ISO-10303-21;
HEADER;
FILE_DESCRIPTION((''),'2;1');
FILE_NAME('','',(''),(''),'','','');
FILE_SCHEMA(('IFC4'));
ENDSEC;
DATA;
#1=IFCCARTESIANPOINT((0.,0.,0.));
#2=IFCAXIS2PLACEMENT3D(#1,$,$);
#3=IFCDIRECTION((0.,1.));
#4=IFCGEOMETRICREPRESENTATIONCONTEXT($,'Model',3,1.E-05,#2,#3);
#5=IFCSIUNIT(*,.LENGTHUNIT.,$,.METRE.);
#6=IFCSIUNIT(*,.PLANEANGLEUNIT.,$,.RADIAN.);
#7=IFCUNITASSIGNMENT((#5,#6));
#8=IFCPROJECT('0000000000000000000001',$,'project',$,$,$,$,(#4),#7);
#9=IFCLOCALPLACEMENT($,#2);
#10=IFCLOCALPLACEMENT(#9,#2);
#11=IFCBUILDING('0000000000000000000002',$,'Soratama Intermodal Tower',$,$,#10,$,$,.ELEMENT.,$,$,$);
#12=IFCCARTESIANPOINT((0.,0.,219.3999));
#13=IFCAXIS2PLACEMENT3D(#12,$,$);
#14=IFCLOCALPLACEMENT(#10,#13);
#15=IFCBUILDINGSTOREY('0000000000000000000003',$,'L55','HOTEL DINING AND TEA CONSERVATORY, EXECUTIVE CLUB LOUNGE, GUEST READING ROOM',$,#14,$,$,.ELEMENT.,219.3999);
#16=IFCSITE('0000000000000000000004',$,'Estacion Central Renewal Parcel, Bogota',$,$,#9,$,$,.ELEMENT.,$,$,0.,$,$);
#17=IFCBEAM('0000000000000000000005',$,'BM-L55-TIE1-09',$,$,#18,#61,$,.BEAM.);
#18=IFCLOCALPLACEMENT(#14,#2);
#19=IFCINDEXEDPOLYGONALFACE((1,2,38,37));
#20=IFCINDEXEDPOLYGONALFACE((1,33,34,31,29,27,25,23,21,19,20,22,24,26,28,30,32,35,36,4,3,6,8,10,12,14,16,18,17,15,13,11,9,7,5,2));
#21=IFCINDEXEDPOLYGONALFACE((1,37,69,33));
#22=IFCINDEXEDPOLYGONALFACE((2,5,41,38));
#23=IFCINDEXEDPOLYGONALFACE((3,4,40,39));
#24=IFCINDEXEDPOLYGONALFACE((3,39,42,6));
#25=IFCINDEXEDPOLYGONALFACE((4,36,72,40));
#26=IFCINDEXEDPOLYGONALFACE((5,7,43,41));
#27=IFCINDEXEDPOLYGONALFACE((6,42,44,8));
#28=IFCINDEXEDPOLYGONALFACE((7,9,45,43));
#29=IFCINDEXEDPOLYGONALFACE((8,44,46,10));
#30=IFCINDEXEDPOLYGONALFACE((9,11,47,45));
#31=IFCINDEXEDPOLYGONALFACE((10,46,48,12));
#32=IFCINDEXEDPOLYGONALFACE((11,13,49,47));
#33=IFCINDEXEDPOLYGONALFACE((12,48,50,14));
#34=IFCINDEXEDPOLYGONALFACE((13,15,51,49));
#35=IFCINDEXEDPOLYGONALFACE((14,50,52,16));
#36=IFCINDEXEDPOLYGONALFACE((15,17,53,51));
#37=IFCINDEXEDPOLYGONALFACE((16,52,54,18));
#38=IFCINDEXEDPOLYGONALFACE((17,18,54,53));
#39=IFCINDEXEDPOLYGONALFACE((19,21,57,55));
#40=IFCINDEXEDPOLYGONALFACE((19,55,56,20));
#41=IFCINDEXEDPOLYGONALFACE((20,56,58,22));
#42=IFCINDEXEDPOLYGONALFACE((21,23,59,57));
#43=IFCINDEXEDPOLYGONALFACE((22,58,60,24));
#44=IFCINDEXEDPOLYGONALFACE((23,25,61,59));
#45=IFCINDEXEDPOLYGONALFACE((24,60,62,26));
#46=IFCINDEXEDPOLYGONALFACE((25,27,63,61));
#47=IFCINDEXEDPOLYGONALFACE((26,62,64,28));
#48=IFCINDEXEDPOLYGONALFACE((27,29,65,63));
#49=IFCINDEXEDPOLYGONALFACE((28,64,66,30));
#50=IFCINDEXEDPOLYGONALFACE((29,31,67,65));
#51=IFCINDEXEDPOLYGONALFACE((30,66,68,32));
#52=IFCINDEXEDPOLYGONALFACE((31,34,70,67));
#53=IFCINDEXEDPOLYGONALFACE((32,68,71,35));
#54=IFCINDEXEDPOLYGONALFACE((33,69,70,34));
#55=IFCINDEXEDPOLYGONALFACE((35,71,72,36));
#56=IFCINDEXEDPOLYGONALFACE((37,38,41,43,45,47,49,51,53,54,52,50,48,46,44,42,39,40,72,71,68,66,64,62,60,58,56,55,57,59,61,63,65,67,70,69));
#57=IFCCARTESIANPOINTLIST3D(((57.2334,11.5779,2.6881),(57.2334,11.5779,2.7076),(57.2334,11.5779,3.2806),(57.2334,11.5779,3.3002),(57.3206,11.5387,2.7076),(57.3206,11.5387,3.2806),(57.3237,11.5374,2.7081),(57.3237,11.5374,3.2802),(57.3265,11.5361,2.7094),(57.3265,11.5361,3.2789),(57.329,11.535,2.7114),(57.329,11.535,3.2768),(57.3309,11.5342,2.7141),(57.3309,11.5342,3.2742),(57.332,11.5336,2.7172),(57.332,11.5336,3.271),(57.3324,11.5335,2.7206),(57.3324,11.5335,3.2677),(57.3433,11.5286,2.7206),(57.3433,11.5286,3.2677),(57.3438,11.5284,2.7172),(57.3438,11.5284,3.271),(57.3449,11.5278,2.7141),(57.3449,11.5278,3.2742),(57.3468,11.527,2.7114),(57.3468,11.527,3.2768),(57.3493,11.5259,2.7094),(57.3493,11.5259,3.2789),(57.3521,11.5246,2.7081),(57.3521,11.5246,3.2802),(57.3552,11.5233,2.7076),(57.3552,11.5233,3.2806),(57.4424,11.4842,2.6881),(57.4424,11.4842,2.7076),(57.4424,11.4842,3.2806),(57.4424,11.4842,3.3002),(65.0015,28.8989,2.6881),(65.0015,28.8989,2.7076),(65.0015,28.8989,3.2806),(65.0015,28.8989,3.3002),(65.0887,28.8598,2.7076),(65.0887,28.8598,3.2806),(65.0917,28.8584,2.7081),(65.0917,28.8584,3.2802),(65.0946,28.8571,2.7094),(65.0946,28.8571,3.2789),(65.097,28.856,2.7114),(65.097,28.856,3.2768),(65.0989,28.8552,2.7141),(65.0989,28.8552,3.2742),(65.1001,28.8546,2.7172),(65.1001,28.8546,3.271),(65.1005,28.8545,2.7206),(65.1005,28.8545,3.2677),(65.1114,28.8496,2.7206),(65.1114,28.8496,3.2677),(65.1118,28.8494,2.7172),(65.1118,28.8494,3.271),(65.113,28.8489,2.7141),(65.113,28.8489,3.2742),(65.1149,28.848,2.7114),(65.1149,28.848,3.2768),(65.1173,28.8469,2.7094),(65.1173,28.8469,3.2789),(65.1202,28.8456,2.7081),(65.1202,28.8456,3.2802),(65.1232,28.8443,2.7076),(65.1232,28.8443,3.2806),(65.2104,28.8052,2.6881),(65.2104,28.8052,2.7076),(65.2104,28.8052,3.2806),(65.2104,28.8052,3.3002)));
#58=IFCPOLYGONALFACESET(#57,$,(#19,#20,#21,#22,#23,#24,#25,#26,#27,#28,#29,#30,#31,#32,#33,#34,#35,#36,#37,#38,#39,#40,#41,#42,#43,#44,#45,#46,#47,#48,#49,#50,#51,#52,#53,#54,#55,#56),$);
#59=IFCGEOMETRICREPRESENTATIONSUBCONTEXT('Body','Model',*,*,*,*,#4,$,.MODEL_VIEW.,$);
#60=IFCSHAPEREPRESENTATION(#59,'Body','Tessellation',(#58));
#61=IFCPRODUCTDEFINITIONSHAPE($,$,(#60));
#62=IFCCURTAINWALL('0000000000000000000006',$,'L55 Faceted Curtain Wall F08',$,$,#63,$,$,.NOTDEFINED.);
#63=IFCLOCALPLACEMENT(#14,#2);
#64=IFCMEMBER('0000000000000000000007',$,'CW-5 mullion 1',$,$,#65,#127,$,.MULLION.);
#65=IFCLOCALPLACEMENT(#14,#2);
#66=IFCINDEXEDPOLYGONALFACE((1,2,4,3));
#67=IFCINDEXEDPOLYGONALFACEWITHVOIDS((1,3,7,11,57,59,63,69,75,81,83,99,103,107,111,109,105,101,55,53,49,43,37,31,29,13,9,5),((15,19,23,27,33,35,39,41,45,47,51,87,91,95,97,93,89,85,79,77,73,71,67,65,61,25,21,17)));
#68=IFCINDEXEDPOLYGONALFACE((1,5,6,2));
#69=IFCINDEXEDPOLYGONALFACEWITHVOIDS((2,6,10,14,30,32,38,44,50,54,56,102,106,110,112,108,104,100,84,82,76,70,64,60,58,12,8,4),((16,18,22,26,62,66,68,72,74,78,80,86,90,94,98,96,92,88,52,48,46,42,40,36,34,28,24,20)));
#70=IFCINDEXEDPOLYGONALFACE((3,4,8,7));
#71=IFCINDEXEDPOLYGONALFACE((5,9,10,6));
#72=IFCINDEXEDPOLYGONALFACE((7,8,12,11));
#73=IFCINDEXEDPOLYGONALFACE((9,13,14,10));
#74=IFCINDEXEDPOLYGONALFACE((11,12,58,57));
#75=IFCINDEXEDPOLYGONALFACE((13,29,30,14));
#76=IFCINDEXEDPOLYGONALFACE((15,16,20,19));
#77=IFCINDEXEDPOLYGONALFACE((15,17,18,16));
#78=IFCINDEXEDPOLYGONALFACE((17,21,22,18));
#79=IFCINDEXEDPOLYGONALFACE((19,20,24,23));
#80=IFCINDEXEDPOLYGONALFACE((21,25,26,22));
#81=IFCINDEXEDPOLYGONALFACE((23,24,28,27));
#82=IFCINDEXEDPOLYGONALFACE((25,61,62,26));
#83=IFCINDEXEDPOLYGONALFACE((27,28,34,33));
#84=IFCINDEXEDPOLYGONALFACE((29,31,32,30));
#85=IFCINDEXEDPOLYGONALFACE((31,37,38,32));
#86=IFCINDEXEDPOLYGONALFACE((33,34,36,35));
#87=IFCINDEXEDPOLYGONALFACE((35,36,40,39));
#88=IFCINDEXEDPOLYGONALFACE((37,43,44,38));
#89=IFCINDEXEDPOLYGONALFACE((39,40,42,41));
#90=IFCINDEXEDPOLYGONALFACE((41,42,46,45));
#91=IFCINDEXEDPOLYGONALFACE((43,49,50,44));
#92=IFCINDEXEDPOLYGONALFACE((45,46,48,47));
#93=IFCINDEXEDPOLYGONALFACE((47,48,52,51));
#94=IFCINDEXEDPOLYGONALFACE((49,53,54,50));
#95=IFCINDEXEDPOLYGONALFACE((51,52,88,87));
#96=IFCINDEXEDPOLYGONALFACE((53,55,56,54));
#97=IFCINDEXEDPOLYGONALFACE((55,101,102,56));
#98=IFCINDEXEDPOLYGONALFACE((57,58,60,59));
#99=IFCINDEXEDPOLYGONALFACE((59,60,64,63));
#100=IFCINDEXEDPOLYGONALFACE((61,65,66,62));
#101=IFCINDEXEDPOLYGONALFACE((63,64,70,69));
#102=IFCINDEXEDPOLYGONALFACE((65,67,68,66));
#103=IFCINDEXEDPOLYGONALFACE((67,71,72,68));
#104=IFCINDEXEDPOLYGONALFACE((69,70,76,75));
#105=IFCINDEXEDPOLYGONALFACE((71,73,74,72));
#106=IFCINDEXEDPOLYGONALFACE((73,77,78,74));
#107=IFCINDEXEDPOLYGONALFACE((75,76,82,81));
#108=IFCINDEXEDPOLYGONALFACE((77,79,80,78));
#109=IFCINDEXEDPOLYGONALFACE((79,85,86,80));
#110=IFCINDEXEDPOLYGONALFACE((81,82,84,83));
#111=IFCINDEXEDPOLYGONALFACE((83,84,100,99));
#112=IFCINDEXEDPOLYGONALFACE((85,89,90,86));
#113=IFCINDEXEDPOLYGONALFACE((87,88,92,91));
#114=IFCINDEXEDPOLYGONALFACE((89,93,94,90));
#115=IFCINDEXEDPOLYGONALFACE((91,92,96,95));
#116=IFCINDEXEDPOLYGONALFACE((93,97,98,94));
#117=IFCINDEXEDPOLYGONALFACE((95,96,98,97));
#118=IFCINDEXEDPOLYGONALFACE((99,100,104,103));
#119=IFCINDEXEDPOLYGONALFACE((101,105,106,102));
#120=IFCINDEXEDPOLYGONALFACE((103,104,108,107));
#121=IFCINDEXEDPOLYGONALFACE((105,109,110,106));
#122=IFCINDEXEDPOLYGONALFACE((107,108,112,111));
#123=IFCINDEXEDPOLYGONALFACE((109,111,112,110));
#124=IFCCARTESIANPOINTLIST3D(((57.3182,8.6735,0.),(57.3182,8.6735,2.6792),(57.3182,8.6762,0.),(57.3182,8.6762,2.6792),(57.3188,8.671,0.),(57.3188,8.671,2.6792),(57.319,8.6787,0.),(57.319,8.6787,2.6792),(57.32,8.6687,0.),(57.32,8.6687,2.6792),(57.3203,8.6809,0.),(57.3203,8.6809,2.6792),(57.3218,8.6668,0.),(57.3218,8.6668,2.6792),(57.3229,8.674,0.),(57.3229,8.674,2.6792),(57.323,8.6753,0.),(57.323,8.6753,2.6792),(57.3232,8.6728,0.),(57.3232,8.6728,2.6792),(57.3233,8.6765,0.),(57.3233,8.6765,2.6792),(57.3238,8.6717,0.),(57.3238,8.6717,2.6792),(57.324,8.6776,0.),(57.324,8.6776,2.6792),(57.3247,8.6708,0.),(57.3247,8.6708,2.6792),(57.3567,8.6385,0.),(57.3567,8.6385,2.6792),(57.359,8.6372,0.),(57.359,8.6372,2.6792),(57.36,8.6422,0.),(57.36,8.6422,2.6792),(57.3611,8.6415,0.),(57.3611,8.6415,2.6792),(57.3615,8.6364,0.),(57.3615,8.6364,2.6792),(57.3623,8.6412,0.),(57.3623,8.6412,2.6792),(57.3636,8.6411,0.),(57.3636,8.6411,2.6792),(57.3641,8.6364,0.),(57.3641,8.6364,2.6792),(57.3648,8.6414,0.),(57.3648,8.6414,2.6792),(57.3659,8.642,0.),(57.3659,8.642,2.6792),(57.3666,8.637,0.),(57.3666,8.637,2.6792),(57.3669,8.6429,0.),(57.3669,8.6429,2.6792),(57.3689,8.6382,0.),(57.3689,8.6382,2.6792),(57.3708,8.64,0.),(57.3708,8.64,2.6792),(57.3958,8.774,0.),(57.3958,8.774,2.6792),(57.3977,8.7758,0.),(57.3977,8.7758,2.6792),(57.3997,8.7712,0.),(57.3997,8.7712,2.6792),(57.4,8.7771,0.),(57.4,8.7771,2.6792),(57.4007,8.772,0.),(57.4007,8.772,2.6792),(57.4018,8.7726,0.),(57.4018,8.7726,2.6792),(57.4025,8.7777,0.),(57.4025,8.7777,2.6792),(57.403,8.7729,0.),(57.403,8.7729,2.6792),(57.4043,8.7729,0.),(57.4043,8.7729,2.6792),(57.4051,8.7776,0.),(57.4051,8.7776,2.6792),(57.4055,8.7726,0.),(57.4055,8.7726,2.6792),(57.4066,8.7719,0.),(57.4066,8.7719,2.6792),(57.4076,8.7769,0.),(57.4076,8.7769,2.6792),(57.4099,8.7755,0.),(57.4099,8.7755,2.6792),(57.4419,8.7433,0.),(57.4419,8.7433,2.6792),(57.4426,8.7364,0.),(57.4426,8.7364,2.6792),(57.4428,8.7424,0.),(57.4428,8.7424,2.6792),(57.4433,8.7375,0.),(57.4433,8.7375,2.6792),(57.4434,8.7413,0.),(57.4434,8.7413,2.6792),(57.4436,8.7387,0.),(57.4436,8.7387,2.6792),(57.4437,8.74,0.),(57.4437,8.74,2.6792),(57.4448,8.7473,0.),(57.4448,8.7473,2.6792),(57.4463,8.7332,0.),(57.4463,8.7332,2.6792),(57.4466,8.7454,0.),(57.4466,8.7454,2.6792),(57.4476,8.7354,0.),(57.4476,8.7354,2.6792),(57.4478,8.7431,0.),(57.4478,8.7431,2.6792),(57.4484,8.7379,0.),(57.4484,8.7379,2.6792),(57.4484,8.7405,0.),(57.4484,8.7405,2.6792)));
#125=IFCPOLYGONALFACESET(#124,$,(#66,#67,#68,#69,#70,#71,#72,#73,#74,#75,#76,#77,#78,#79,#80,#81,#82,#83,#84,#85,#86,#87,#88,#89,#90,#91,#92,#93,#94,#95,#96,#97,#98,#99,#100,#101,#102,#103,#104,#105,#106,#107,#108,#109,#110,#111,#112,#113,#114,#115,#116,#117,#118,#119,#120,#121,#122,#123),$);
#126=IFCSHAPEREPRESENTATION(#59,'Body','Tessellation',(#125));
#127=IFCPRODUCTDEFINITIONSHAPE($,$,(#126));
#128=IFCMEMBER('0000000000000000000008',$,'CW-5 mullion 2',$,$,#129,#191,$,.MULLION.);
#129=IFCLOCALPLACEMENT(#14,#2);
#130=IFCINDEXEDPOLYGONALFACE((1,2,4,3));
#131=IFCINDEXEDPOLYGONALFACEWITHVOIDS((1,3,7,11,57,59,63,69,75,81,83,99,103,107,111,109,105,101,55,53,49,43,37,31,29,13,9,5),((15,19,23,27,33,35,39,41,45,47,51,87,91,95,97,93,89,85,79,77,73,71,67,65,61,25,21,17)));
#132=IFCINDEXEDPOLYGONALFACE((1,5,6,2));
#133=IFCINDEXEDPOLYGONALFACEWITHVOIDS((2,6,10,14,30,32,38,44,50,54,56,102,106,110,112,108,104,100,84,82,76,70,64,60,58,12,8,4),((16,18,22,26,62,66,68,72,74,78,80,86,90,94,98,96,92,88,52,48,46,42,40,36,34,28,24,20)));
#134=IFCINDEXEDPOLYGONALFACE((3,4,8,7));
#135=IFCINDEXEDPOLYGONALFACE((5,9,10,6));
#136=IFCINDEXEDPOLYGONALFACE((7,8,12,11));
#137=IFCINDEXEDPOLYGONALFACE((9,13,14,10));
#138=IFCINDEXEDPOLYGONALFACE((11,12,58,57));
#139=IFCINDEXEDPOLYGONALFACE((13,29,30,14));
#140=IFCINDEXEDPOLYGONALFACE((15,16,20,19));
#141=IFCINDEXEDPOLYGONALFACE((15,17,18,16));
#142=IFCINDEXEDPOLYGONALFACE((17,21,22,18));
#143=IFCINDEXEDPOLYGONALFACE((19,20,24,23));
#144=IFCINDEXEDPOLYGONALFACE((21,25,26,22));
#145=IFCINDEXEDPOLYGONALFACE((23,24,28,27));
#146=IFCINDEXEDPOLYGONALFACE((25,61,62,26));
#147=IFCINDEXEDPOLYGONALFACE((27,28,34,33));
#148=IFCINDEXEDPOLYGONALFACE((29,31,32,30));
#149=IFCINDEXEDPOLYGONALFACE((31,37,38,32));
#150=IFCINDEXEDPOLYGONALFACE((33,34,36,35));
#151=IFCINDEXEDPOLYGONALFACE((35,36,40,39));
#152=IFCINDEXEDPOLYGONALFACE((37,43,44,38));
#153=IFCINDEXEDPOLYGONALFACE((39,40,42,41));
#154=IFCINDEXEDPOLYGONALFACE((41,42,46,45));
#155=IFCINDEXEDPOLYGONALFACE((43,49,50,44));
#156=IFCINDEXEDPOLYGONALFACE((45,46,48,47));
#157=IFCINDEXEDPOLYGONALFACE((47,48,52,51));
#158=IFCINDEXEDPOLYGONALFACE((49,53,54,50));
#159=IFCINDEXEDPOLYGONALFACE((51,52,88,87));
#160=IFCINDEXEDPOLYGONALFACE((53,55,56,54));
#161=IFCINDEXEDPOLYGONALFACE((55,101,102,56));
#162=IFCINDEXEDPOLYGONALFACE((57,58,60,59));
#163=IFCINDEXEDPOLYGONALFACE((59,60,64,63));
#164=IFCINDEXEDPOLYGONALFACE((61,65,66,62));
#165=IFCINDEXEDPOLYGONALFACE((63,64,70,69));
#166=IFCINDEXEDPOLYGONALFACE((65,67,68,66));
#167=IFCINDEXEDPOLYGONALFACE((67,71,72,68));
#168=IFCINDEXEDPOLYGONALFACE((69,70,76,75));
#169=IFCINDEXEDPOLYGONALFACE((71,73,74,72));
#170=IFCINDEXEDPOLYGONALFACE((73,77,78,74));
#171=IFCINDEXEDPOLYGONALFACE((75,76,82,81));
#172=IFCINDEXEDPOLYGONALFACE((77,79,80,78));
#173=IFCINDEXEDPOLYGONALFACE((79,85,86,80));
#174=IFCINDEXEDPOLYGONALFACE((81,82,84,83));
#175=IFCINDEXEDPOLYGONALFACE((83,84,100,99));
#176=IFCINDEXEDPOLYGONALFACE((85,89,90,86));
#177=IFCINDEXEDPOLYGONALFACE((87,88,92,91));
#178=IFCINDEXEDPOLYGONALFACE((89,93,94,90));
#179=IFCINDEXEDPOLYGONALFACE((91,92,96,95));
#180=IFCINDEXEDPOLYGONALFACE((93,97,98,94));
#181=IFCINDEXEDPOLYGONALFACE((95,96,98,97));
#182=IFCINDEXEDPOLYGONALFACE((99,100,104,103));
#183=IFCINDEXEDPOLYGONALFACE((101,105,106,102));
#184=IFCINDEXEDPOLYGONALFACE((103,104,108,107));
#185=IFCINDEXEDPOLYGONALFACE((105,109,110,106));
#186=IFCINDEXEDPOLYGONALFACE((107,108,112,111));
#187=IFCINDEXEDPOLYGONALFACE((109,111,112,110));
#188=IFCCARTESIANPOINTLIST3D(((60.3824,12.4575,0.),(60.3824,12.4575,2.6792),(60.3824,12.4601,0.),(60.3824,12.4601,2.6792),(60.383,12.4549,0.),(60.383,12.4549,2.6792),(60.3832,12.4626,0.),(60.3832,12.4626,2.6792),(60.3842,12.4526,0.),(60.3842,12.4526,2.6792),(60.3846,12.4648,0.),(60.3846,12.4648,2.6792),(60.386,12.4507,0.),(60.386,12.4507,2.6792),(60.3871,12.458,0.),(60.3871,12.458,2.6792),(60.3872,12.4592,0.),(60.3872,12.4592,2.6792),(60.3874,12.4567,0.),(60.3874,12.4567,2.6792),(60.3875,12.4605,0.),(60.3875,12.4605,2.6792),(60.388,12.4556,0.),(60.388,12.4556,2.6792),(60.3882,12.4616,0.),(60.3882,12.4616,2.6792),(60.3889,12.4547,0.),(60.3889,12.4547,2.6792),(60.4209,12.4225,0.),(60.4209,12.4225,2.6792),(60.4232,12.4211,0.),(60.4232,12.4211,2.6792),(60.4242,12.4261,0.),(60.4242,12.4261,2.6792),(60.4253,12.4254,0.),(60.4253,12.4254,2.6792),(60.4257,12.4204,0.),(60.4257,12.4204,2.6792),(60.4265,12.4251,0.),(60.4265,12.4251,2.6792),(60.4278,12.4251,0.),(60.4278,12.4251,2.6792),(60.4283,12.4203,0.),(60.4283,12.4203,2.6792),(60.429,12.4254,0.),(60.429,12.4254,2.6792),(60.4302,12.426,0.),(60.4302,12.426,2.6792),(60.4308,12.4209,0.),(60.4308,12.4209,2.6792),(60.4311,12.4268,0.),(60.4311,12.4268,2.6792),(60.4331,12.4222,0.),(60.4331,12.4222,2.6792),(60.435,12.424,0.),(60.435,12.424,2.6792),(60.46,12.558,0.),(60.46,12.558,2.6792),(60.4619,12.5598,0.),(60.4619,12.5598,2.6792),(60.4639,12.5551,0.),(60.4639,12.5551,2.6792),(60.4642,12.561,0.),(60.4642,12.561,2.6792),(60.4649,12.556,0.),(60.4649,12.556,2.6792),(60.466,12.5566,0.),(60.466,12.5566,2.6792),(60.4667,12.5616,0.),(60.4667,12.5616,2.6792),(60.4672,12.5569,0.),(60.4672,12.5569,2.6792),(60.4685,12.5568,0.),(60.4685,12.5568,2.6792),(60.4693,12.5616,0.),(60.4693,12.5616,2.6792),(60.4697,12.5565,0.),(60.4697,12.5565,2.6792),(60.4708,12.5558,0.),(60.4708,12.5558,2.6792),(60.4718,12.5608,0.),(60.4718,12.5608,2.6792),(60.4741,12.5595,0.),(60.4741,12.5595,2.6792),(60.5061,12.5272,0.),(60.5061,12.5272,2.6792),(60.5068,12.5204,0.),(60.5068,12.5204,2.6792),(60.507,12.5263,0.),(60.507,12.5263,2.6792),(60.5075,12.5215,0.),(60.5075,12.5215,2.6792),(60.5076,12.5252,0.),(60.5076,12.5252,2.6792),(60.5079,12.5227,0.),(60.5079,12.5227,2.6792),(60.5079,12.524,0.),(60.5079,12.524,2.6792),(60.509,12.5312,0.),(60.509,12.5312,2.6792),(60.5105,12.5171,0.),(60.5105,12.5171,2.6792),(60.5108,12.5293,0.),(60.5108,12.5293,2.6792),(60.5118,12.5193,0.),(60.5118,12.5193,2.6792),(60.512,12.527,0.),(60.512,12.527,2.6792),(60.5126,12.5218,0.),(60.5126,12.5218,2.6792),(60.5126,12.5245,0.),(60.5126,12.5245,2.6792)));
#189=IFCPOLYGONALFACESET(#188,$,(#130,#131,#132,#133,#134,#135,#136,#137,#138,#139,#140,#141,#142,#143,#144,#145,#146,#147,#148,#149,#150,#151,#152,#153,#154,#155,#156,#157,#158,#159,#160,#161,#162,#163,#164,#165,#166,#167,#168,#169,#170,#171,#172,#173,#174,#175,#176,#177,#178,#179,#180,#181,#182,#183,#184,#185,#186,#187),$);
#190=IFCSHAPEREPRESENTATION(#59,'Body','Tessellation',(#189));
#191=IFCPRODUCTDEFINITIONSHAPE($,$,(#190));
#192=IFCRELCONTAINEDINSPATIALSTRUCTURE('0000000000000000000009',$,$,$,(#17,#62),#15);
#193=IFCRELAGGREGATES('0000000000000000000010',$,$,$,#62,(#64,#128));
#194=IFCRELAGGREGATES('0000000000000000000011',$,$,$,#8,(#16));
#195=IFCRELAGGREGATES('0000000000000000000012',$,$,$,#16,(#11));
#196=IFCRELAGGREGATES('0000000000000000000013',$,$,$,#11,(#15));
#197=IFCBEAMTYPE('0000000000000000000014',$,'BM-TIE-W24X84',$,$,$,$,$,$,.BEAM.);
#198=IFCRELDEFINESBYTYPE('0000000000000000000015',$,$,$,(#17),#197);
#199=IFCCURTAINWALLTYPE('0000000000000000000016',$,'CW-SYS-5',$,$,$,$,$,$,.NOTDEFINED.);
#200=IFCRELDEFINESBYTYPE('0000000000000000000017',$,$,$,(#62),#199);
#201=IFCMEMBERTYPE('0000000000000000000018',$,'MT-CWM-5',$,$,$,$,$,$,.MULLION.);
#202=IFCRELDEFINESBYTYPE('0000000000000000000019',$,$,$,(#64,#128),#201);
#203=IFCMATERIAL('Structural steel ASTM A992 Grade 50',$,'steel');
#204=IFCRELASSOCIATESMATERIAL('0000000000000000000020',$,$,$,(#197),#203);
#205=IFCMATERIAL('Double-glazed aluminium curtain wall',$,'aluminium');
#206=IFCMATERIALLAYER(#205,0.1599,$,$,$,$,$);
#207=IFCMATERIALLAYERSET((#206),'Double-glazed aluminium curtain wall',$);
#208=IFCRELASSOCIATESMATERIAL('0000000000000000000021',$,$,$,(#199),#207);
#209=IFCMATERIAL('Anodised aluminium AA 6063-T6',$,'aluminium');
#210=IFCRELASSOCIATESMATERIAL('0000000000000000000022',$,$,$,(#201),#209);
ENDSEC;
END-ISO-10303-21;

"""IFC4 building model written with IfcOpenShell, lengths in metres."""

from ifc_helpers import new_model, si_unit, direction, frame, origin, origin_2d, place, context, subcontext, project, spatial, hollow_rectangle, i_section, extrude, material, layer, layer_set, material_profile, profile_set, type_object, element, aggregate, save


model = new_model("IFC4")

# Units and contexts
model_context = context("Model", 3, precision=1e-05, world=origin(), true_north=direction((0.0, 1.0)))
body_context = subcontext(model_context, "Body", "Model", "MODEL_VIEW")
ifc_project = project(units=[si_unit("LENGTHUNIT", "METRE"), si_unit("PLANEANGLEUNIT", "RADIAN")], contexts=[model_context])

# Site, building, storey
site_placement = place(None, origin())
site = spatial("IfcSite", under=ifc_project, at=site_placement, Name="Estacion Central Renewal Parcel, Bogota", CompositionType="ELEMENT", RefElevation=0.0)
building_placement = place(site_placement, origin())
building = spatial("IfcBuilding", under=site, at=building_placement, Name="Soratama Intermodal Tower", CompositionType="ELEMENT")
storey_placement = place(building_placement, frame((0.0, 0.0, 219.3999)))
storey = spatial("IfcBuildingStorey", under=building, at=storey_placement, Name="L55", Description="HOTEL DINING AND TEA CONSERVATORY, EXECUTIVE CLUB LOUNGE, GUEST READING ROOM", CompositionType="ELEMENT", Elevation=219.3999)

# Beam
ifc_material_1 = material(Name="Structural steel ASTM A992 Grade 50", Category="steel")
ifc_material_profile_1 = material_profile(ifc_material_1, i_section(OverallWidth=0.229, OverallDepth=0.6121, WebThickness=0.012, FlangeThickness=0.0195, FilletRadius=0.0129, at=origin_2d()), Name="W24X84")
ifc_profile_set_1 = profile_set([ifc_material_profile_1], Name="Structural steel ASTM A992 Grade 50")
beam_type_1 = type_object("IfcBeamType", Name="BM-TIE-W24X84", PredefinedType="BEAM", material=ifc_profile_set_1)
beam_1_placement = place(storey_placement, frame((57.3379, 11.531, 2.9941), z_axis=(0.409208, 0.912441, 0.0), x_axis=(-0.912441, 0.409208, 0.0)))
element("IfcBeam", 1, at=beam_1_placement, inside=storey, type_object=beam_type_1, Name="BM-L55-TIE1-09", PredefinedType="BEAM", context=body_context, shape_type="SweptSolid", body=[
    extrude(i_section(OverallWidth=0.229, OverallDepth=0.6121, WebThickness=0.012, FlangeThickness=0.0195, FilletRadius=0.0129, at=origin_2d()), origin(), (0.0, 0.0, 1.0), 18.9832),
])

# Curtain wall, members
ifc_material_2 = material(Name="Double-glazed aluminium curtain wall", Category="aluminium")
ifc_layer_1 = layer(ifc_material_2, 0.1599)
ifc_layer_set_1 = layer_set([ifc_layer_1], Name="Double-glazed aluminium curtain wall")
curtain_wall_type = type_object("IfcCurtainWallType", Name="CW-SYS-5", PredefinedType="NOTDEFINED", material=ifc_layer_set_1)
curtain_wall_placement = place(storey_placement, origin())
curtain_wall = element("IfcCurtainWall", 2, at=curtain_wall_placement, inside=storey, type_object=curtain_wall_type, Name="L55 Faceted Curtain Wall F08", PredefinedType="NOTDEFINED")
ifc_material_3 = material(Name="Anodised aluminium AA 6063-T6", Category="aluminium")
ifc_material_profile_2 = material_profile(ifc_material_3, hollow_rectangle(XDim=0.0649, YDim=0.1399, WallThickness=0.0049, InnerFilletRadius=0.0049, OuterFilletRadius=0.01, at=origin_2d()), Name="CWM140X65X5")
ifc_profile_set_2 = profile_set([ifc_material_profile_2], Name="Anodised aluminium AA 6063-T6")
member_type_1 = type_object("IfcMemberType", Name="MT-CWM-5", PredefinedType="MULLION", material=ifc_profile_set_2)
member_1_placement = place(storey_placement, frame((57.3833, 8.707, 0.0), z_axis=(0.0, 0.0, 1.0), x_axis=(-0.777153, 0.629312, 0.0)))
member_1 = element("IfcMember", 3, at=member_1_placement, type_object=member_type_1, Name="CW-5 mullion 1", PredefinedType="MULLION", context=body_context, shape_type="SweptSolid", body=[
    extrude(hollow_rectangle(XDim=0.0649, YDim=0.1399, WallThickness=0.0049, InnerFilletRadius=0.0049, OuterFilletRadius=0.01, at=origin_2d()), origin(), (0.0, 0.0, 1.0), 2.6792),
])
member_2_placement = place(storey_placement, frame((60.4475, 12.491, 0.0), z_axis=(0.0, 0.0, 1.0), x_axis=(-0.777153, 0.629312, 0.0)))
member_2 = element("IfcMember", 4, at=member_2_placement, type_object=member_type_1, Name="CW-5 mullion 2", PredefinedType="MULLION", context=body_context, shape_type="SweptSolid", body=[
    extrude(hollow_rectangle(XDim=0.0649, YDim=0.1399, WallThickness=0.0049, InnerFilletRadius=0.0049, OuterFilletRadius=0.01, at=origin_2d()), origin(), (0.0, 0.0, 1.0), 2.6792),
])
aggregate(curtain_wall, [member_1, member_2])

save(model, "model.ifc")
